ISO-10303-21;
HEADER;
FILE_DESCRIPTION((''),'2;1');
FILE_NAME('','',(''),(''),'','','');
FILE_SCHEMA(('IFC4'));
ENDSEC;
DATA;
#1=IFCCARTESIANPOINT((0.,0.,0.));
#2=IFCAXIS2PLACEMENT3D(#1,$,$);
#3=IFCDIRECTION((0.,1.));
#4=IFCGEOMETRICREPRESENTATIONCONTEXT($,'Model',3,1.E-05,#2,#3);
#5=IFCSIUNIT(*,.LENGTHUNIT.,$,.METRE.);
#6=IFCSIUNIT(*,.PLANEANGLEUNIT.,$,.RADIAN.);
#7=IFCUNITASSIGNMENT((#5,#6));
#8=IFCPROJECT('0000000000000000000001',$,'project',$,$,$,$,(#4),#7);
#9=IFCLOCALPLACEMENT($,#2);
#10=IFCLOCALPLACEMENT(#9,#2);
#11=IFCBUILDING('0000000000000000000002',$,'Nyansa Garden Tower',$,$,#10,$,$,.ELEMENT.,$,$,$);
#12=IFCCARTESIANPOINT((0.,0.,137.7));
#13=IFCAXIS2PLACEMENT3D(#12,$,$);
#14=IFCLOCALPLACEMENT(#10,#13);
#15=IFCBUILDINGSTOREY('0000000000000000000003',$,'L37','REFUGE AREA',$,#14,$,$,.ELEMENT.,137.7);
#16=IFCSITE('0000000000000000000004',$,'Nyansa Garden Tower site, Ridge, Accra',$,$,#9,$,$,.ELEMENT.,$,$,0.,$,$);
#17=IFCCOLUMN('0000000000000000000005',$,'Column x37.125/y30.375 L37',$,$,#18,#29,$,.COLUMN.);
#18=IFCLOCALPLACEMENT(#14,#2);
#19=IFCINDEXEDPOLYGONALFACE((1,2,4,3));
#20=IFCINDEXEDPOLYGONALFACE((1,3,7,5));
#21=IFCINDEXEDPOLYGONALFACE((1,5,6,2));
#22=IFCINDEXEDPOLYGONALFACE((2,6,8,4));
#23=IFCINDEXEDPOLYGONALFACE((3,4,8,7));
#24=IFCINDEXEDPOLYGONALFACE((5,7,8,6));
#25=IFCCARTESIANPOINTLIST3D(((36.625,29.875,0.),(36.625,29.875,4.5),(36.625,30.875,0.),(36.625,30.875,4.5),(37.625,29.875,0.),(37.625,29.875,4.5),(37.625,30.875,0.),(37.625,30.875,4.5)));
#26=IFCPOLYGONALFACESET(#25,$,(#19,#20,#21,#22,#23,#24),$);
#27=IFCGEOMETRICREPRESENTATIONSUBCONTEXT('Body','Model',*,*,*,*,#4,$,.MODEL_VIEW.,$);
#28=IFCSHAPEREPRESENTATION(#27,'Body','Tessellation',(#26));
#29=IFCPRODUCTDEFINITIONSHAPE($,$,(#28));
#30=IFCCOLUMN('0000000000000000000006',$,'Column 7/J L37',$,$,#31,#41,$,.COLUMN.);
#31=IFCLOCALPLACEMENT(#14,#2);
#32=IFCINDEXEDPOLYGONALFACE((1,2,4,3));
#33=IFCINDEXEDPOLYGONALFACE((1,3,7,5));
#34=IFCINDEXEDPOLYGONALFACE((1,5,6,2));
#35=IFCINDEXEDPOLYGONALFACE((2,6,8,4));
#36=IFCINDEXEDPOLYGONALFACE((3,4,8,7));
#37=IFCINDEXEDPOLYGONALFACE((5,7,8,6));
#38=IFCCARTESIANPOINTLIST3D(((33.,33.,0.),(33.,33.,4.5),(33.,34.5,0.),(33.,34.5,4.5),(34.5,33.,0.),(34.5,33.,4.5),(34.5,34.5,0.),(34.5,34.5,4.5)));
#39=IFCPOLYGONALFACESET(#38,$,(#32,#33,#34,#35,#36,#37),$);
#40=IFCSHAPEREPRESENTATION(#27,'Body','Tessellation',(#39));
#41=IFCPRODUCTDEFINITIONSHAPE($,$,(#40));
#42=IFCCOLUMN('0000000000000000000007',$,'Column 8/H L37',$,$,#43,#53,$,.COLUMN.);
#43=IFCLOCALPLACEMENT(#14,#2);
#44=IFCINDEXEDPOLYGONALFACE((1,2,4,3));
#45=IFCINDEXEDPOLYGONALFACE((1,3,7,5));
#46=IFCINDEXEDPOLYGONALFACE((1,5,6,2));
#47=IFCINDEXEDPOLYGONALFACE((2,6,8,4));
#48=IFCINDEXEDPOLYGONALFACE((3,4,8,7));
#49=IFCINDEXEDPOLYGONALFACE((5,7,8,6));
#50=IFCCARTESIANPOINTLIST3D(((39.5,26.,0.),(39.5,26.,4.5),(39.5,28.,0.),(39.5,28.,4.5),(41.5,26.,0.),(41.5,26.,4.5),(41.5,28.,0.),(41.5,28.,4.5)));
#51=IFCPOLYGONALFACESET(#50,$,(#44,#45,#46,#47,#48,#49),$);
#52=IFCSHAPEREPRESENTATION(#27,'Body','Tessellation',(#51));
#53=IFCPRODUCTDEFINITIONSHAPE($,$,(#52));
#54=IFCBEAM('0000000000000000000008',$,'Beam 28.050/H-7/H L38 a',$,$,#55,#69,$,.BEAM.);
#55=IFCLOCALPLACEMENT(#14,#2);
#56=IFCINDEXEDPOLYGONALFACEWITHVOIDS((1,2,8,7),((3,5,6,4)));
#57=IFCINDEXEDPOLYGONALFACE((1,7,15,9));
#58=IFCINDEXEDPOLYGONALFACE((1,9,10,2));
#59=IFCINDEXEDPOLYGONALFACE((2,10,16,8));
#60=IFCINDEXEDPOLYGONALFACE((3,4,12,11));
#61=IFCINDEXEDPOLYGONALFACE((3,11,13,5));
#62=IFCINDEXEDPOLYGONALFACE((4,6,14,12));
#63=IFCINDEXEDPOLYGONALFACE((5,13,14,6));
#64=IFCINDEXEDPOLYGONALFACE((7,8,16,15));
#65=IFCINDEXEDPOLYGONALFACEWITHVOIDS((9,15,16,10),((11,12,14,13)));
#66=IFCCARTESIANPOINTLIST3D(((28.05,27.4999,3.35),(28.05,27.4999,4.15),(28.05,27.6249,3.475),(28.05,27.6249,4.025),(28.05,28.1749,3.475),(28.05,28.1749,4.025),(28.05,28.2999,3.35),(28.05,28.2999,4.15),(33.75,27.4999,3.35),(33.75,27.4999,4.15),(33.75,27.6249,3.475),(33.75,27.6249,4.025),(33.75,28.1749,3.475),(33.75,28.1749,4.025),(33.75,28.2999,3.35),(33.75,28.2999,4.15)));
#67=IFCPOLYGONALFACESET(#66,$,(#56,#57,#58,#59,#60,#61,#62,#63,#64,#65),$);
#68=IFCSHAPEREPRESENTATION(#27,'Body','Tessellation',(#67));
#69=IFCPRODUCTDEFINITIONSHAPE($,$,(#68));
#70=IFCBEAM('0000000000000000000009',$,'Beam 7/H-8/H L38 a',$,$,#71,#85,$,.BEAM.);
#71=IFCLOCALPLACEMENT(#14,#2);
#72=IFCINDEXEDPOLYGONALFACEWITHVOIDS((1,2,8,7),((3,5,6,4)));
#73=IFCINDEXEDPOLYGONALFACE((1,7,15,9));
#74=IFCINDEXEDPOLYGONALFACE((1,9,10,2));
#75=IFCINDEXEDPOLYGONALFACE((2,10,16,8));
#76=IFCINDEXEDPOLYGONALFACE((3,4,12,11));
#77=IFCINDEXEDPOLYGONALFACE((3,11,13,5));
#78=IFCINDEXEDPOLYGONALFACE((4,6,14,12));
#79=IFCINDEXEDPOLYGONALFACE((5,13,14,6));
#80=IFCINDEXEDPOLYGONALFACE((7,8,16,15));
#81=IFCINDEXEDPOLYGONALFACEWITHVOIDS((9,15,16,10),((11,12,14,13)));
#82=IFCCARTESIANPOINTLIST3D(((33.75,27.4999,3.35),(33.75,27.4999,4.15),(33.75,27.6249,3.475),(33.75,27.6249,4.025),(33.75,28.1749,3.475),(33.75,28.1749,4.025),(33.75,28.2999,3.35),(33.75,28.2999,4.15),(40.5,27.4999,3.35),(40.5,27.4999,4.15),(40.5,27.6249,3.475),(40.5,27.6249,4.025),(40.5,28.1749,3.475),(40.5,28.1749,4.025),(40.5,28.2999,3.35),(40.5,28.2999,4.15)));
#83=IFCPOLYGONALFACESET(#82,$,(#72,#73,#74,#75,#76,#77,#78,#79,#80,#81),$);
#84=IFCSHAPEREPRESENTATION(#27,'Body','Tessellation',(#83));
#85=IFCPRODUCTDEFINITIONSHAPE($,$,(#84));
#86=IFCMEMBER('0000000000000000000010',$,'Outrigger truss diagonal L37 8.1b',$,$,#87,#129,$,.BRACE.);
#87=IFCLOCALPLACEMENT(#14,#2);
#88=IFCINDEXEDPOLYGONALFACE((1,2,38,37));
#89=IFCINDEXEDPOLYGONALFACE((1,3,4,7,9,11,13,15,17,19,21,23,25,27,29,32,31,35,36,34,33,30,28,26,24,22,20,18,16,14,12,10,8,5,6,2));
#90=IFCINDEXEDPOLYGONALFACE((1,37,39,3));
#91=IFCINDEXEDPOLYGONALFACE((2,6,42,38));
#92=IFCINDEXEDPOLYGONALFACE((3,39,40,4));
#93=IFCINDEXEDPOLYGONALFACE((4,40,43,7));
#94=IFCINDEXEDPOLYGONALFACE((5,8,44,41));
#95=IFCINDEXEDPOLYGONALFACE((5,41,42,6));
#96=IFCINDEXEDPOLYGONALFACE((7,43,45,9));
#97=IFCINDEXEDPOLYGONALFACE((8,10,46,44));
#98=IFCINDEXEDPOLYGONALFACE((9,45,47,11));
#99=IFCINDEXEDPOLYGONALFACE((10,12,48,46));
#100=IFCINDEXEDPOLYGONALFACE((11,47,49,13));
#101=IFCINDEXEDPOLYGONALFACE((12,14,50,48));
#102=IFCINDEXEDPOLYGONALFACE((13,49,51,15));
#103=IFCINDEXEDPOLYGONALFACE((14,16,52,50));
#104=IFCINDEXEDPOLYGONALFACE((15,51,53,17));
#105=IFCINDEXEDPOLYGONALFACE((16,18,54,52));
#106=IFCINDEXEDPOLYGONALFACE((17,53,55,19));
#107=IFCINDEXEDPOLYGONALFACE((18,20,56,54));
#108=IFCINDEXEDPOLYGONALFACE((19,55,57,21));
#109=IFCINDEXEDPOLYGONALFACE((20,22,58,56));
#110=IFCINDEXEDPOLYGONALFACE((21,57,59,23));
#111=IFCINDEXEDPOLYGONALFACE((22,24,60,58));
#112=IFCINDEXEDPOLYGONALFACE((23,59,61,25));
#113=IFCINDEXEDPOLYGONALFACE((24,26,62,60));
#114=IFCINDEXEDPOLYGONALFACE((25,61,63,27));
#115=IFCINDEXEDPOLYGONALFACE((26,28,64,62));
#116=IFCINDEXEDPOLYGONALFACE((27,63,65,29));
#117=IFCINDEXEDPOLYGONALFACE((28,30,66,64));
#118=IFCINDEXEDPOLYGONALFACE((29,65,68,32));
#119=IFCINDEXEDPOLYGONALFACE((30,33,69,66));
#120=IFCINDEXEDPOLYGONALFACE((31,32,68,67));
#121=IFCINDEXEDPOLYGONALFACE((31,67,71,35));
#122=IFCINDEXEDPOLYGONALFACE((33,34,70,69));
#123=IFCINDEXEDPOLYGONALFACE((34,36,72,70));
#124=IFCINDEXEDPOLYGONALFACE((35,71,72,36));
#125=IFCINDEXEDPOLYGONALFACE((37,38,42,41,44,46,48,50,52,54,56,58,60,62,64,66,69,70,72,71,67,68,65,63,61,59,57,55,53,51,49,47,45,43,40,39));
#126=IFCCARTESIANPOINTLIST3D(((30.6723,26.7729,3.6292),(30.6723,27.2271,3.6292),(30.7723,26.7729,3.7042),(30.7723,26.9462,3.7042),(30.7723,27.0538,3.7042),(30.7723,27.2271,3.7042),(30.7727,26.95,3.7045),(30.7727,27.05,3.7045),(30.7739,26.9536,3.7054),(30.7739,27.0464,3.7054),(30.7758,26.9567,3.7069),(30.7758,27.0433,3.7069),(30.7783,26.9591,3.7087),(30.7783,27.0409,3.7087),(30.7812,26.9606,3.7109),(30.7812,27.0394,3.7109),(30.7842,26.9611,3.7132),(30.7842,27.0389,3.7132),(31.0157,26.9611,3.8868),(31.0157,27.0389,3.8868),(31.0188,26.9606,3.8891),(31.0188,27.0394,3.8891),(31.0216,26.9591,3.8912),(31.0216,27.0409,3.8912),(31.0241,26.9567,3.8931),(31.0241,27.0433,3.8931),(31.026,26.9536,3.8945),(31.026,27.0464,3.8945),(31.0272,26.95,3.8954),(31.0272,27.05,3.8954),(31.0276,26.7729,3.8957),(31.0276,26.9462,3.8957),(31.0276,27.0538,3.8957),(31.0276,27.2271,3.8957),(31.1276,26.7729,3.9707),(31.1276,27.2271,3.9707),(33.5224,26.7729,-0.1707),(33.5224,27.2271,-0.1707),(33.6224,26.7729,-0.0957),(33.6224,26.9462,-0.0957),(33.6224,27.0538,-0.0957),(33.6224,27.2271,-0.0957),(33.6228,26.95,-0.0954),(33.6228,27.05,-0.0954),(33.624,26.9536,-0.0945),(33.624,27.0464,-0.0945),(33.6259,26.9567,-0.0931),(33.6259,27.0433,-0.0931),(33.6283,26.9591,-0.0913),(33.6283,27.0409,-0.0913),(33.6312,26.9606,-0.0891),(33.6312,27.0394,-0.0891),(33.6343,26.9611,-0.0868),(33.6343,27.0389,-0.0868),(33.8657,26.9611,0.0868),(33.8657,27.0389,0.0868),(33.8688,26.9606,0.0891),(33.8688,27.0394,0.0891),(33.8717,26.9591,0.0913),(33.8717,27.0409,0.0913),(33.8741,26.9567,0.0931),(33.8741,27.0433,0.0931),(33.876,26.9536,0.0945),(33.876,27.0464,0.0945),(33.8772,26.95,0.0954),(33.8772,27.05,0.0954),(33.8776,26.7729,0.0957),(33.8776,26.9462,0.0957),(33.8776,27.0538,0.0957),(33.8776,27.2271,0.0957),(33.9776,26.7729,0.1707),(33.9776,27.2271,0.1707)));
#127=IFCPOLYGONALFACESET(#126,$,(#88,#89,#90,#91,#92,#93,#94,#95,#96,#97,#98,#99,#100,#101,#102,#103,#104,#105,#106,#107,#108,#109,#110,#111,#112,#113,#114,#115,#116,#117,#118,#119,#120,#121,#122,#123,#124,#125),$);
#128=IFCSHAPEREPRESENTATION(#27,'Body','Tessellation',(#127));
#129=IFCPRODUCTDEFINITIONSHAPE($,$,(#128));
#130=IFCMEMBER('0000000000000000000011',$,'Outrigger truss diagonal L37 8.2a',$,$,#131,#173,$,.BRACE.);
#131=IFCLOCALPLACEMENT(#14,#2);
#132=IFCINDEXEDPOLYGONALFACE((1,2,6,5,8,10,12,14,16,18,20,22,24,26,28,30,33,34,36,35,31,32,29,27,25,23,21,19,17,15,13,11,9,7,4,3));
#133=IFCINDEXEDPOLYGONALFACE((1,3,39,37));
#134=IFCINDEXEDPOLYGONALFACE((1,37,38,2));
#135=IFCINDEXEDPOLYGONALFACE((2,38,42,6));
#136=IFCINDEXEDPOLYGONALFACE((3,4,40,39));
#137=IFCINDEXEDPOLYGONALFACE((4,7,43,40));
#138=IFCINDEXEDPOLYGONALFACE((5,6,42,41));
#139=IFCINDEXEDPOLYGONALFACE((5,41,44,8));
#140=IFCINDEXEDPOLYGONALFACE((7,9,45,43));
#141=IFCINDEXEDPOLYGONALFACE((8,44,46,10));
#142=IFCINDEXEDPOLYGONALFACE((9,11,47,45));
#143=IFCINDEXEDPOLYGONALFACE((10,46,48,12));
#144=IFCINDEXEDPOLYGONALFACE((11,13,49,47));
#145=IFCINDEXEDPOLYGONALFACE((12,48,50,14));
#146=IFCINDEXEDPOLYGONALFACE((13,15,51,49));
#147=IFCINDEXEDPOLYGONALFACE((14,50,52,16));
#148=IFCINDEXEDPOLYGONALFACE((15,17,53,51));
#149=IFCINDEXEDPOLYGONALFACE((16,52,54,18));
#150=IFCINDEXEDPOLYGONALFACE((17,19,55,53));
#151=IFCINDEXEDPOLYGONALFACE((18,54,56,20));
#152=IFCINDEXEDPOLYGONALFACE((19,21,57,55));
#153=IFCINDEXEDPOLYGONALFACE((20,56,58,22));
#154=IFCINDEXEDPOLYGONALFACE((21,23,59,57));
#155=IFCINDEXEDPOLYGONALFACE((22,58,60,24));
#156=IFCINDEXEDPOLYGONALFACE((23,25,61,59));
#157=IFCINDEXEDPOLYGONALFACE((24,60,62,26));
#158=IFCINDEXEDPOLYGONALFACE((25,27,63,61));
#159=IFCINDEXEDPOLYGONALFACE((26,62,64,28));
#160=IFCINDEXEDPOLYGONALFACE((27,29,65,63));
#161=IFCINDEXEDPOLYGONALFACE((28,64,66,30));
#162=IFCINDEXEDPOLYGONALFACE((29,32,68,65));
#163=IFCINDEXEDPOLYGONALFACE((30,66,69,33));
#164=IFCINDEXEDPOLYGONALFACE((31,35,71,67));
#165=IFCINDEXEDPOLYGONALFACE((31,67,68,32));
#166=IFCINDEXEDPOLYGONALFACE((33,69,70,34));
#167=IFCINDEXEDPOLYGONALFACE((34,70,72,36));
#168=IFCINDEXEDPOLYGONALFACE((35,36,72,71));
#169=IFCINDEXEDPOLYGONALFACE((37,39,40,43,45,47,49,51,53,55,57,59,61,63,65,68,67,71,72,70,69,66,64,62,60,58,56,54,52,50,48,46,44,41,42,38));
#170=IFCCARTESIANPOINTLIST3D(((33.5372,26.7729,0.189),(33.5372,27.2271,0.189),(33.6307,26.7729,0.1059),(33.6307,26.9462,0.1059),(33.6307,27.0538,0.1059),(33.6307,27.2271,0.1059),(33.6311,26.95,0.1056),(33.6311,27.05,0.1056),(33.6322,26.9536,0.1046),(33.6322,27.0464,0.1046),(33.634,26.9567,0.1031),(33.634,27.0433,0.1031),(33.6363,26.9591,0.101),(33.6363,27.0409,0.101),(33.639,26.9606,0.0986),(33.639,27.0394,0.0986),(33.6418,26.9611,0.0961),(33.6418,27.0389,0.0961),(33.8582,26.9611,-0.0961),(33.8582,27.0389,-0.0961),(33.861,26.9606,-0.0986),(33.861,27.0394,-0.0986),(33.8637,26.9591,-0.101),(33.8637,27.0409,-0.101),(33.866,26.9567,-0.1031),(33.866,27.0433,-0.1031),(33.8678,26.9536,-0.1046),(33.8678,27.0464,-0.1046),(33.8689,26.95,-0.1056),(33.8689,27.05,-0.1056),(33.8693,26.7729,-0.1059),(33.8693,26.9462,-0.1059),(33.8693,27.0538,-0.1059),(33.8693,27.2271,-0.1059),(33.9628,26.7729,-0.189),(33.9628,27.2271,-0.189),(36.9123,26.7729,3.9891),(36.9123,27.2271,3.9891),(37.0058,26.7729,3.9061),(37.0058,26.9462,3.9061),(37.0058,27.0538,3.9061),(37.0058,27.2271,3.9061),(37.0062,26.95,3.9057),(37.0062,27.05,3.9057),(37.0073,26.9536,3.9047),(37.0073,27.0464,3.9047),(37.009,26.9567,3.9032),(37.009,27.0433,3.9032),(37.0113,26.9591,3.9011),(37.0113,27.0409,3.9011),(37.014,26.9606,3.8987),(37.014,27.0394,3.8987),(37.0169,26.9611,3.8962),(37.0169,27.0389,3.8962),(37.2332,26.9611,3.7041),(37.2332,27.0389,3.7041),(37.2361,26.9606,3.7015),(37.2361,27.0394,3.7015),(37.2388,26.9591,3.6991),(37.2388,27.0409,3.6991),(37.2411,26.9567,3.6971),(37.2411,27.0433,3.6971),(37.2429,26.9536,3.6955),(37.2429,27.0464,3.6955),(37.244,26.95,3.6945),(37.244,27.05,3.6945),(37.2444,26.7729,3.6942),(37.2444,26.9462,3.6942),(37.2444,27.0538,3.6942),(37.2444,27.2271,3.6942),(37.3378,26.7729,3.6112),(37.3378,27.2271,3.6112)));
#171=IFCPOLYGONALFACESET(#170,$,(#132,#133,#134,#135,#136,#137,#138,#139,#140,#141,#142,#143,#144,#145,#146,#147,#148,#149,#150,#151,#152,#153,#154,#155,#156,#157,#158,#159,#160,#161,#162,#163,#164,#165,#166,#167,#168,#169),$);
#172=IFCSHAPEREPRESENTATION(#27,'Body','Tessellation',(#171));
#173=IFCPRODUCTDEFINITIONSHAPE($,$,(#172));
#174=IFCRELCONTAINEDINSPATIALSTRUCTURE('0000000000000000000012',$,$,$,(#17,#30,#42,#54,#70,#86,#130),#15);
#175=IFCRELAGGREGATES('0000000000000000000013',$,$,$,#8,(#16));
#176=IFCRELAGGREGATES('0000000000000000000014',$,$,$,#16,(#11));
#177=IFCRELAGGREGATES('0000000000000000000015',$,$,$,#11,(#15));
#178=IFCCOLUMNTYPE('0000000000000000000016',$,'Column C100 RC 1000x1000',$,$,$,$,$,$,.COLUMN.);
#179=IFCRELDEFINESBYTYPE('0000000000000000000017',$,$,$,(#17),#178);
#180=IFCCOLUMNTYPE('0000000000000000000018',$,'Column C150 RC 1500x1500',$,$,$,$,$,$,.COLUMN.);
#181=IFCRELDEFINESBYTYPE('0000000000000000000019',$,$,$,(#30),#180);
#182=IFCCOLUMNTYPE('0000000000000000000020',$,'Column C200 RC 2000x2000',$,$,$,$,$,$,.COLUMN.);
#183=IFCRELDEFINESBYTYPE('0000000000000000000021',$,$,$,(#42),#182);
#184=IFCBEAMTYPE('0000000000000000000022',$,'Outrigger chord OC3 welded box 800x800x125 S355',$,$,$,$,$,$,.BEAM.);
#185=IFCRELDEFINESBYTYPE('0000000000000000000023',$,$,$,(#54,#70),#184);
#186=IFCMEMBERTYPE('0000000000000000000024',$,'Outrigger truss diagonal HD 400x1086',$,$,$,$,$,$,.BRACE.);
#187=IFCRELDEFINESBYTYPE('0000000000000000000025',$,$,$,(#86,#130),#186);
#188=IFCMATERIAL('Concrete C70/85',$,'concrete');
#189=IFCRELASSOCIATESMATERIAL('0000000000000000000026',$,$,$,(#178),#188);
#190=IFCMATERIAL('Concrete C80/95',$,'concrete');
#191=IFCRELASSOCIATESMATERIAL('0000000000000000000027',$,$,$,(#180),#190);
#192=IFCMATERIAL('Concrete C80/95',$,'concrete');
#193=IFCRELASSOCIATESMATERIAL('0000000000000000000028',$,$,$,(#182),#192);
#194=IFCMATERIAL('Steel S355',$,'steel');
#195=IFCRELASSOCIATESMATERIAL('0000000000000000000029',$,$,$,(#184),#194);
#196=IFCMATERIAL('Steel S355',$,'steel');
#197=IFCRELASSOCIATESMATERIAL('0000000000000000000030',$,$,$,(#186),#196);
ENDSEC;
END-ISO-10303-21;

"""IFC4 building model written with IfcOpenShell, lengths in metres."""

from ifc_helpers import new_model, si_unit, direction, frame, origin, origin_2d, place, context, subcontext, project, spatial, rectangle, hollow_rectangle, i_section, extrude, material, material_profile, profile_set, type_object, element, save


model = new_model("IFC4")

# Units and contexts
model_context = context("Model", 3, precision=1e-05, world=origin(), true_north=direction((0.0, 1.0)))
body_context = subcontext(model_context, "Body", "Model", "MODEL_VIEW")
ifc_project = project(units=[si_unit("LENGTHUNIT", "METRE"), si_unit("PLANEANGLEUNIT", "RADIAN")], contexts=[model_context])

# Site, building, storey
site_placement = place(None, origin())
site = spatial("IfcSite", under=ifc_project, at=site_placement, Name="Nyansa Garden Tower site, Ridge, Accra", CompositionType="ELEMENT", RefElevation=0.0)
building_placement = place(site_placement, origin())
building = spatial("IfcBuilding", under=site, at=building_placement, Name="Nyansa Garden Tower", CompositionType="ELEMENT")
storey_placement = place(building_placement, frame((0.0, 0.0, 137.7)))
storey = spatial("IfcBuildingStorey", under=building, at=storey_placement, Name="L37", Description="REFUGE AREA", CompositionType="ELEMENT", Elevation=137.7)

# Columns
ifc_material_1 = material(Name="Concrete C70/85", Category="concrete")
ifc_material_profile_1 = material_profile(ifc_material_1, rectangle(XDim=1.0, YDim=1.0, at=origin_2d()), Name="RC 1000x1000")
ifc_profile_set_1 = profile_set([ifc_material_profile_1], Name="Concrete C70/85")
column_type_1 = type_object("IfcColumnType", Name="Column C100 RC 1000x1000", PredefinedType="COLUMN", material=ifc_profile_set_1)
column_1_placement = place(storey_placement, frame((37.125, 30.375, 0.0), z_axis=(0.0, 0.0, 1.0), x_axis=(1.0, 0.0, 0.0)))
element("IfcColumn", 1, at=column_1_placement, inside=storey, type_object=column_type_1, Name="Column x37.125/y30.375 L37", PredefinedType="COLUMN", context=body_context, shape_type="SweptSolid", body=[
    extrude(rectangle(XDim=1.0, YDim=1.0, at=origin_2d()), origin(), (0.0, 0.0, 1.0), 4.5),
])
ifc_material_2 = material(Name="Concrete C80/95", Category="concrete")
ifc_material_profile_2 = material_profile(ifc_material_2, rectangle(XDim=1.5, YDim=1.5, at=origin_2d()), Name="RC 1500x1500")
ifc_profile_set_2 = profile_set([ifc_material_profile_2], Name="Concrete C80/95")
column_type_2 = type_object("IfcColumnType", Name="Column C150 RC 1500x1500", PredefinedType="COLUMN", material=ifc_profile_set_2)
column_2_placement = place(storey_placement, frame((33.75, 33.75, 0.0), z_axis=(0.0, 0.0, 1.0), x_axis=(1.0, 0.0, 0.0)))
element("IfcColumn", 2, at=column_2_placement, inside=storey, type_object=column_type_2, Name="Column 7/J L37", PredefinedType="COLUMN", context=body_context, shape_type="SweptSolid", body=[
    extrude(rectangle(XDim=1.5, YDim=1.5, at=origin_2d()), origin(), (0.0, 0.0, 1.0), 4.5),
])
ifc_material_3 = material(Name="Concrete C80/95", Category="concrete")
ifc_material_profile_3 = material_profile(ifc_material_3, rectangle(XDim=2.0, YDim=2.0, at=origin_2d()), Name="RC 2000x2000")
ifc_profile_set_3 = profile_set([ifc_material_profile_3], Name="Concrete C80/95")
column_type_3 = type_object("IfcColumnType", Name="Column C200 RC 2000x2000", PredefinedType="COLUMN", material=ifc_profile_set_3)
column_3_placement = place(storey_placement, frame((40.5, 27.0, 0.0), z_axis=(0.0, 0.0, 1.0), x_axis=(1.0, 0.0, 0.0)))
element("IfcColumn", 3, at=column_3_placement, inside=storey, type_object=column_type_3, Name="Column 8/H L37", PredefinedType="COLUMN", context=body_context, shape_type="SweptSolid", body=[
    extrude(rectangle(XDim=2.0, YDim=2.0, at=origin_2d()), origin(), (0.0, 0.0, 1.0), 4.5),
])

# Beams
ifc_material_4 = material(Name="Steel S355", Category="steel")
ifc_material_profile_4 = material_profile(ifc_material_4, hollow_rectangle(XDim=0.8, YDim=0.8, WallThickness=0.125, at=origin_2d()), Name="Welded box 800x800x125")
ifc_profile_set_4 = profile_set([ifc_material_profile_4], Name="Steel S355")
beam_type_1 = type_object("IfcBeamType", Name="Outrigger chord OC3 welded box 800x800x125 S355", PredefinedType="BEAM", material=ifc_profile_set_4)
beam_1_placement = place(storey_placement, frame((28.05, 27.8999, 3.75), z_axis=(1.0, 0.0, 0.0), x_axis=(0.0, 1.0, 0.0)))
element("IfcBeam", 4, at=beam_1_placement, inside=storey, type_object=beam_type_1, Name="Beam 28.050/H-7/H L38 a", PredefinedType="BEAM", context=body_context, shape_type="SweptSolid", body=[
    extrude(hollow_rectangle(XDim=0.8, YDim=0.8, WallThickness=0.125, at=origin_2d()), origin(), (0.0, 0.0, 1.0), 5.7),
])
beam_2_placement = place(storey_placement, frame((33.75, 27.8999, 3.75), z_axis=(1.0, 0.0, 0.0), x_axis=(0.0, 1.0, 0.0)))
element("IfcBeam", 5, at=beam_2_placement, inside=storey, type_object=beam_type_1, Name="Beam 7/H-8/H L38 a", PredefinedType="BEAM", context=body_context, shape_type="SweptSolid", body=[
    extrude(hollow_rectangle(XDim=0.8, YDim=0.8, WallThickness=0.125, at=origin_2d()), origin(), (0.0, 0.0, 1.0), 6.75),
])

# Members
ifc_material_5 = material(Name="Steel S355", Category="steel")
ifc_material_profile_5 = material_profile(ifc_material_5, i_section(OverallWidth=0.4541, OverallDepth=0.5691, WebThickness=0.0779, FlangeThickness=0.125, FilletRadius=0.0149, at=origin_2d()), Name="HD 400x1086")
ifc_profile_set_5 = profile_set([ifc_material_profile_5], Name="Steel S355")
member_type_1 = type_object("IfcMemberType", Name="Outrigger truss diagonal HD 400x1086", PredefinedType="BRACE", material=ifc_profile_set_5)
member_1_placement = place(storey_placement, frame((33.75, 27.0, 0.0), z_axis=(-0.600008, 0.0, 0.799994), x_axis=(0.0, -1.0, 0.0)))
element("IfcMember", 6, at=member_1_placement, inside=storey, type_object=member_type_1, Name="Outrigger truss diagonal L37 8.1b", PredefinedType="BRACE", context=body_context, shape_type="SweptSolid", body=[
    extrude(i_section(OverallWidth=0.4541, OverallDepth=0.5691, WebThickness=0.0779, FlangeThickness=0.125, FilletRadius=0.0149, at=origin_2d()), origin(), (0.0, 0.0, 1.0), 4.75),
])
member_2_placement = place(storey_placement, frame((33.75, 27.0, 0.0), z_axis=(0.664054, 0.0, 0.747685), x_axis=(0.0, 1.0, 0.0)))
element("IfcMember", 7, at=member_2_placement, inside=storey, type_object=member_type_1, Name="Outrigger truss diagonal L37 8.2a", PredefinedType="BRACE", context=body_context, shape_type="SweptSolid", body=[
    extrude(i_section(OverallWidth=0.4541, OverallDepth=0.5691, WebThickness=0.0779, FlangeThickness=0.125, FilletRadius=0.0149, at=origin_2d()), origin(), (0.0, 0.0, 1.0), 5.0825),
])

save(model, "model.ifc")
